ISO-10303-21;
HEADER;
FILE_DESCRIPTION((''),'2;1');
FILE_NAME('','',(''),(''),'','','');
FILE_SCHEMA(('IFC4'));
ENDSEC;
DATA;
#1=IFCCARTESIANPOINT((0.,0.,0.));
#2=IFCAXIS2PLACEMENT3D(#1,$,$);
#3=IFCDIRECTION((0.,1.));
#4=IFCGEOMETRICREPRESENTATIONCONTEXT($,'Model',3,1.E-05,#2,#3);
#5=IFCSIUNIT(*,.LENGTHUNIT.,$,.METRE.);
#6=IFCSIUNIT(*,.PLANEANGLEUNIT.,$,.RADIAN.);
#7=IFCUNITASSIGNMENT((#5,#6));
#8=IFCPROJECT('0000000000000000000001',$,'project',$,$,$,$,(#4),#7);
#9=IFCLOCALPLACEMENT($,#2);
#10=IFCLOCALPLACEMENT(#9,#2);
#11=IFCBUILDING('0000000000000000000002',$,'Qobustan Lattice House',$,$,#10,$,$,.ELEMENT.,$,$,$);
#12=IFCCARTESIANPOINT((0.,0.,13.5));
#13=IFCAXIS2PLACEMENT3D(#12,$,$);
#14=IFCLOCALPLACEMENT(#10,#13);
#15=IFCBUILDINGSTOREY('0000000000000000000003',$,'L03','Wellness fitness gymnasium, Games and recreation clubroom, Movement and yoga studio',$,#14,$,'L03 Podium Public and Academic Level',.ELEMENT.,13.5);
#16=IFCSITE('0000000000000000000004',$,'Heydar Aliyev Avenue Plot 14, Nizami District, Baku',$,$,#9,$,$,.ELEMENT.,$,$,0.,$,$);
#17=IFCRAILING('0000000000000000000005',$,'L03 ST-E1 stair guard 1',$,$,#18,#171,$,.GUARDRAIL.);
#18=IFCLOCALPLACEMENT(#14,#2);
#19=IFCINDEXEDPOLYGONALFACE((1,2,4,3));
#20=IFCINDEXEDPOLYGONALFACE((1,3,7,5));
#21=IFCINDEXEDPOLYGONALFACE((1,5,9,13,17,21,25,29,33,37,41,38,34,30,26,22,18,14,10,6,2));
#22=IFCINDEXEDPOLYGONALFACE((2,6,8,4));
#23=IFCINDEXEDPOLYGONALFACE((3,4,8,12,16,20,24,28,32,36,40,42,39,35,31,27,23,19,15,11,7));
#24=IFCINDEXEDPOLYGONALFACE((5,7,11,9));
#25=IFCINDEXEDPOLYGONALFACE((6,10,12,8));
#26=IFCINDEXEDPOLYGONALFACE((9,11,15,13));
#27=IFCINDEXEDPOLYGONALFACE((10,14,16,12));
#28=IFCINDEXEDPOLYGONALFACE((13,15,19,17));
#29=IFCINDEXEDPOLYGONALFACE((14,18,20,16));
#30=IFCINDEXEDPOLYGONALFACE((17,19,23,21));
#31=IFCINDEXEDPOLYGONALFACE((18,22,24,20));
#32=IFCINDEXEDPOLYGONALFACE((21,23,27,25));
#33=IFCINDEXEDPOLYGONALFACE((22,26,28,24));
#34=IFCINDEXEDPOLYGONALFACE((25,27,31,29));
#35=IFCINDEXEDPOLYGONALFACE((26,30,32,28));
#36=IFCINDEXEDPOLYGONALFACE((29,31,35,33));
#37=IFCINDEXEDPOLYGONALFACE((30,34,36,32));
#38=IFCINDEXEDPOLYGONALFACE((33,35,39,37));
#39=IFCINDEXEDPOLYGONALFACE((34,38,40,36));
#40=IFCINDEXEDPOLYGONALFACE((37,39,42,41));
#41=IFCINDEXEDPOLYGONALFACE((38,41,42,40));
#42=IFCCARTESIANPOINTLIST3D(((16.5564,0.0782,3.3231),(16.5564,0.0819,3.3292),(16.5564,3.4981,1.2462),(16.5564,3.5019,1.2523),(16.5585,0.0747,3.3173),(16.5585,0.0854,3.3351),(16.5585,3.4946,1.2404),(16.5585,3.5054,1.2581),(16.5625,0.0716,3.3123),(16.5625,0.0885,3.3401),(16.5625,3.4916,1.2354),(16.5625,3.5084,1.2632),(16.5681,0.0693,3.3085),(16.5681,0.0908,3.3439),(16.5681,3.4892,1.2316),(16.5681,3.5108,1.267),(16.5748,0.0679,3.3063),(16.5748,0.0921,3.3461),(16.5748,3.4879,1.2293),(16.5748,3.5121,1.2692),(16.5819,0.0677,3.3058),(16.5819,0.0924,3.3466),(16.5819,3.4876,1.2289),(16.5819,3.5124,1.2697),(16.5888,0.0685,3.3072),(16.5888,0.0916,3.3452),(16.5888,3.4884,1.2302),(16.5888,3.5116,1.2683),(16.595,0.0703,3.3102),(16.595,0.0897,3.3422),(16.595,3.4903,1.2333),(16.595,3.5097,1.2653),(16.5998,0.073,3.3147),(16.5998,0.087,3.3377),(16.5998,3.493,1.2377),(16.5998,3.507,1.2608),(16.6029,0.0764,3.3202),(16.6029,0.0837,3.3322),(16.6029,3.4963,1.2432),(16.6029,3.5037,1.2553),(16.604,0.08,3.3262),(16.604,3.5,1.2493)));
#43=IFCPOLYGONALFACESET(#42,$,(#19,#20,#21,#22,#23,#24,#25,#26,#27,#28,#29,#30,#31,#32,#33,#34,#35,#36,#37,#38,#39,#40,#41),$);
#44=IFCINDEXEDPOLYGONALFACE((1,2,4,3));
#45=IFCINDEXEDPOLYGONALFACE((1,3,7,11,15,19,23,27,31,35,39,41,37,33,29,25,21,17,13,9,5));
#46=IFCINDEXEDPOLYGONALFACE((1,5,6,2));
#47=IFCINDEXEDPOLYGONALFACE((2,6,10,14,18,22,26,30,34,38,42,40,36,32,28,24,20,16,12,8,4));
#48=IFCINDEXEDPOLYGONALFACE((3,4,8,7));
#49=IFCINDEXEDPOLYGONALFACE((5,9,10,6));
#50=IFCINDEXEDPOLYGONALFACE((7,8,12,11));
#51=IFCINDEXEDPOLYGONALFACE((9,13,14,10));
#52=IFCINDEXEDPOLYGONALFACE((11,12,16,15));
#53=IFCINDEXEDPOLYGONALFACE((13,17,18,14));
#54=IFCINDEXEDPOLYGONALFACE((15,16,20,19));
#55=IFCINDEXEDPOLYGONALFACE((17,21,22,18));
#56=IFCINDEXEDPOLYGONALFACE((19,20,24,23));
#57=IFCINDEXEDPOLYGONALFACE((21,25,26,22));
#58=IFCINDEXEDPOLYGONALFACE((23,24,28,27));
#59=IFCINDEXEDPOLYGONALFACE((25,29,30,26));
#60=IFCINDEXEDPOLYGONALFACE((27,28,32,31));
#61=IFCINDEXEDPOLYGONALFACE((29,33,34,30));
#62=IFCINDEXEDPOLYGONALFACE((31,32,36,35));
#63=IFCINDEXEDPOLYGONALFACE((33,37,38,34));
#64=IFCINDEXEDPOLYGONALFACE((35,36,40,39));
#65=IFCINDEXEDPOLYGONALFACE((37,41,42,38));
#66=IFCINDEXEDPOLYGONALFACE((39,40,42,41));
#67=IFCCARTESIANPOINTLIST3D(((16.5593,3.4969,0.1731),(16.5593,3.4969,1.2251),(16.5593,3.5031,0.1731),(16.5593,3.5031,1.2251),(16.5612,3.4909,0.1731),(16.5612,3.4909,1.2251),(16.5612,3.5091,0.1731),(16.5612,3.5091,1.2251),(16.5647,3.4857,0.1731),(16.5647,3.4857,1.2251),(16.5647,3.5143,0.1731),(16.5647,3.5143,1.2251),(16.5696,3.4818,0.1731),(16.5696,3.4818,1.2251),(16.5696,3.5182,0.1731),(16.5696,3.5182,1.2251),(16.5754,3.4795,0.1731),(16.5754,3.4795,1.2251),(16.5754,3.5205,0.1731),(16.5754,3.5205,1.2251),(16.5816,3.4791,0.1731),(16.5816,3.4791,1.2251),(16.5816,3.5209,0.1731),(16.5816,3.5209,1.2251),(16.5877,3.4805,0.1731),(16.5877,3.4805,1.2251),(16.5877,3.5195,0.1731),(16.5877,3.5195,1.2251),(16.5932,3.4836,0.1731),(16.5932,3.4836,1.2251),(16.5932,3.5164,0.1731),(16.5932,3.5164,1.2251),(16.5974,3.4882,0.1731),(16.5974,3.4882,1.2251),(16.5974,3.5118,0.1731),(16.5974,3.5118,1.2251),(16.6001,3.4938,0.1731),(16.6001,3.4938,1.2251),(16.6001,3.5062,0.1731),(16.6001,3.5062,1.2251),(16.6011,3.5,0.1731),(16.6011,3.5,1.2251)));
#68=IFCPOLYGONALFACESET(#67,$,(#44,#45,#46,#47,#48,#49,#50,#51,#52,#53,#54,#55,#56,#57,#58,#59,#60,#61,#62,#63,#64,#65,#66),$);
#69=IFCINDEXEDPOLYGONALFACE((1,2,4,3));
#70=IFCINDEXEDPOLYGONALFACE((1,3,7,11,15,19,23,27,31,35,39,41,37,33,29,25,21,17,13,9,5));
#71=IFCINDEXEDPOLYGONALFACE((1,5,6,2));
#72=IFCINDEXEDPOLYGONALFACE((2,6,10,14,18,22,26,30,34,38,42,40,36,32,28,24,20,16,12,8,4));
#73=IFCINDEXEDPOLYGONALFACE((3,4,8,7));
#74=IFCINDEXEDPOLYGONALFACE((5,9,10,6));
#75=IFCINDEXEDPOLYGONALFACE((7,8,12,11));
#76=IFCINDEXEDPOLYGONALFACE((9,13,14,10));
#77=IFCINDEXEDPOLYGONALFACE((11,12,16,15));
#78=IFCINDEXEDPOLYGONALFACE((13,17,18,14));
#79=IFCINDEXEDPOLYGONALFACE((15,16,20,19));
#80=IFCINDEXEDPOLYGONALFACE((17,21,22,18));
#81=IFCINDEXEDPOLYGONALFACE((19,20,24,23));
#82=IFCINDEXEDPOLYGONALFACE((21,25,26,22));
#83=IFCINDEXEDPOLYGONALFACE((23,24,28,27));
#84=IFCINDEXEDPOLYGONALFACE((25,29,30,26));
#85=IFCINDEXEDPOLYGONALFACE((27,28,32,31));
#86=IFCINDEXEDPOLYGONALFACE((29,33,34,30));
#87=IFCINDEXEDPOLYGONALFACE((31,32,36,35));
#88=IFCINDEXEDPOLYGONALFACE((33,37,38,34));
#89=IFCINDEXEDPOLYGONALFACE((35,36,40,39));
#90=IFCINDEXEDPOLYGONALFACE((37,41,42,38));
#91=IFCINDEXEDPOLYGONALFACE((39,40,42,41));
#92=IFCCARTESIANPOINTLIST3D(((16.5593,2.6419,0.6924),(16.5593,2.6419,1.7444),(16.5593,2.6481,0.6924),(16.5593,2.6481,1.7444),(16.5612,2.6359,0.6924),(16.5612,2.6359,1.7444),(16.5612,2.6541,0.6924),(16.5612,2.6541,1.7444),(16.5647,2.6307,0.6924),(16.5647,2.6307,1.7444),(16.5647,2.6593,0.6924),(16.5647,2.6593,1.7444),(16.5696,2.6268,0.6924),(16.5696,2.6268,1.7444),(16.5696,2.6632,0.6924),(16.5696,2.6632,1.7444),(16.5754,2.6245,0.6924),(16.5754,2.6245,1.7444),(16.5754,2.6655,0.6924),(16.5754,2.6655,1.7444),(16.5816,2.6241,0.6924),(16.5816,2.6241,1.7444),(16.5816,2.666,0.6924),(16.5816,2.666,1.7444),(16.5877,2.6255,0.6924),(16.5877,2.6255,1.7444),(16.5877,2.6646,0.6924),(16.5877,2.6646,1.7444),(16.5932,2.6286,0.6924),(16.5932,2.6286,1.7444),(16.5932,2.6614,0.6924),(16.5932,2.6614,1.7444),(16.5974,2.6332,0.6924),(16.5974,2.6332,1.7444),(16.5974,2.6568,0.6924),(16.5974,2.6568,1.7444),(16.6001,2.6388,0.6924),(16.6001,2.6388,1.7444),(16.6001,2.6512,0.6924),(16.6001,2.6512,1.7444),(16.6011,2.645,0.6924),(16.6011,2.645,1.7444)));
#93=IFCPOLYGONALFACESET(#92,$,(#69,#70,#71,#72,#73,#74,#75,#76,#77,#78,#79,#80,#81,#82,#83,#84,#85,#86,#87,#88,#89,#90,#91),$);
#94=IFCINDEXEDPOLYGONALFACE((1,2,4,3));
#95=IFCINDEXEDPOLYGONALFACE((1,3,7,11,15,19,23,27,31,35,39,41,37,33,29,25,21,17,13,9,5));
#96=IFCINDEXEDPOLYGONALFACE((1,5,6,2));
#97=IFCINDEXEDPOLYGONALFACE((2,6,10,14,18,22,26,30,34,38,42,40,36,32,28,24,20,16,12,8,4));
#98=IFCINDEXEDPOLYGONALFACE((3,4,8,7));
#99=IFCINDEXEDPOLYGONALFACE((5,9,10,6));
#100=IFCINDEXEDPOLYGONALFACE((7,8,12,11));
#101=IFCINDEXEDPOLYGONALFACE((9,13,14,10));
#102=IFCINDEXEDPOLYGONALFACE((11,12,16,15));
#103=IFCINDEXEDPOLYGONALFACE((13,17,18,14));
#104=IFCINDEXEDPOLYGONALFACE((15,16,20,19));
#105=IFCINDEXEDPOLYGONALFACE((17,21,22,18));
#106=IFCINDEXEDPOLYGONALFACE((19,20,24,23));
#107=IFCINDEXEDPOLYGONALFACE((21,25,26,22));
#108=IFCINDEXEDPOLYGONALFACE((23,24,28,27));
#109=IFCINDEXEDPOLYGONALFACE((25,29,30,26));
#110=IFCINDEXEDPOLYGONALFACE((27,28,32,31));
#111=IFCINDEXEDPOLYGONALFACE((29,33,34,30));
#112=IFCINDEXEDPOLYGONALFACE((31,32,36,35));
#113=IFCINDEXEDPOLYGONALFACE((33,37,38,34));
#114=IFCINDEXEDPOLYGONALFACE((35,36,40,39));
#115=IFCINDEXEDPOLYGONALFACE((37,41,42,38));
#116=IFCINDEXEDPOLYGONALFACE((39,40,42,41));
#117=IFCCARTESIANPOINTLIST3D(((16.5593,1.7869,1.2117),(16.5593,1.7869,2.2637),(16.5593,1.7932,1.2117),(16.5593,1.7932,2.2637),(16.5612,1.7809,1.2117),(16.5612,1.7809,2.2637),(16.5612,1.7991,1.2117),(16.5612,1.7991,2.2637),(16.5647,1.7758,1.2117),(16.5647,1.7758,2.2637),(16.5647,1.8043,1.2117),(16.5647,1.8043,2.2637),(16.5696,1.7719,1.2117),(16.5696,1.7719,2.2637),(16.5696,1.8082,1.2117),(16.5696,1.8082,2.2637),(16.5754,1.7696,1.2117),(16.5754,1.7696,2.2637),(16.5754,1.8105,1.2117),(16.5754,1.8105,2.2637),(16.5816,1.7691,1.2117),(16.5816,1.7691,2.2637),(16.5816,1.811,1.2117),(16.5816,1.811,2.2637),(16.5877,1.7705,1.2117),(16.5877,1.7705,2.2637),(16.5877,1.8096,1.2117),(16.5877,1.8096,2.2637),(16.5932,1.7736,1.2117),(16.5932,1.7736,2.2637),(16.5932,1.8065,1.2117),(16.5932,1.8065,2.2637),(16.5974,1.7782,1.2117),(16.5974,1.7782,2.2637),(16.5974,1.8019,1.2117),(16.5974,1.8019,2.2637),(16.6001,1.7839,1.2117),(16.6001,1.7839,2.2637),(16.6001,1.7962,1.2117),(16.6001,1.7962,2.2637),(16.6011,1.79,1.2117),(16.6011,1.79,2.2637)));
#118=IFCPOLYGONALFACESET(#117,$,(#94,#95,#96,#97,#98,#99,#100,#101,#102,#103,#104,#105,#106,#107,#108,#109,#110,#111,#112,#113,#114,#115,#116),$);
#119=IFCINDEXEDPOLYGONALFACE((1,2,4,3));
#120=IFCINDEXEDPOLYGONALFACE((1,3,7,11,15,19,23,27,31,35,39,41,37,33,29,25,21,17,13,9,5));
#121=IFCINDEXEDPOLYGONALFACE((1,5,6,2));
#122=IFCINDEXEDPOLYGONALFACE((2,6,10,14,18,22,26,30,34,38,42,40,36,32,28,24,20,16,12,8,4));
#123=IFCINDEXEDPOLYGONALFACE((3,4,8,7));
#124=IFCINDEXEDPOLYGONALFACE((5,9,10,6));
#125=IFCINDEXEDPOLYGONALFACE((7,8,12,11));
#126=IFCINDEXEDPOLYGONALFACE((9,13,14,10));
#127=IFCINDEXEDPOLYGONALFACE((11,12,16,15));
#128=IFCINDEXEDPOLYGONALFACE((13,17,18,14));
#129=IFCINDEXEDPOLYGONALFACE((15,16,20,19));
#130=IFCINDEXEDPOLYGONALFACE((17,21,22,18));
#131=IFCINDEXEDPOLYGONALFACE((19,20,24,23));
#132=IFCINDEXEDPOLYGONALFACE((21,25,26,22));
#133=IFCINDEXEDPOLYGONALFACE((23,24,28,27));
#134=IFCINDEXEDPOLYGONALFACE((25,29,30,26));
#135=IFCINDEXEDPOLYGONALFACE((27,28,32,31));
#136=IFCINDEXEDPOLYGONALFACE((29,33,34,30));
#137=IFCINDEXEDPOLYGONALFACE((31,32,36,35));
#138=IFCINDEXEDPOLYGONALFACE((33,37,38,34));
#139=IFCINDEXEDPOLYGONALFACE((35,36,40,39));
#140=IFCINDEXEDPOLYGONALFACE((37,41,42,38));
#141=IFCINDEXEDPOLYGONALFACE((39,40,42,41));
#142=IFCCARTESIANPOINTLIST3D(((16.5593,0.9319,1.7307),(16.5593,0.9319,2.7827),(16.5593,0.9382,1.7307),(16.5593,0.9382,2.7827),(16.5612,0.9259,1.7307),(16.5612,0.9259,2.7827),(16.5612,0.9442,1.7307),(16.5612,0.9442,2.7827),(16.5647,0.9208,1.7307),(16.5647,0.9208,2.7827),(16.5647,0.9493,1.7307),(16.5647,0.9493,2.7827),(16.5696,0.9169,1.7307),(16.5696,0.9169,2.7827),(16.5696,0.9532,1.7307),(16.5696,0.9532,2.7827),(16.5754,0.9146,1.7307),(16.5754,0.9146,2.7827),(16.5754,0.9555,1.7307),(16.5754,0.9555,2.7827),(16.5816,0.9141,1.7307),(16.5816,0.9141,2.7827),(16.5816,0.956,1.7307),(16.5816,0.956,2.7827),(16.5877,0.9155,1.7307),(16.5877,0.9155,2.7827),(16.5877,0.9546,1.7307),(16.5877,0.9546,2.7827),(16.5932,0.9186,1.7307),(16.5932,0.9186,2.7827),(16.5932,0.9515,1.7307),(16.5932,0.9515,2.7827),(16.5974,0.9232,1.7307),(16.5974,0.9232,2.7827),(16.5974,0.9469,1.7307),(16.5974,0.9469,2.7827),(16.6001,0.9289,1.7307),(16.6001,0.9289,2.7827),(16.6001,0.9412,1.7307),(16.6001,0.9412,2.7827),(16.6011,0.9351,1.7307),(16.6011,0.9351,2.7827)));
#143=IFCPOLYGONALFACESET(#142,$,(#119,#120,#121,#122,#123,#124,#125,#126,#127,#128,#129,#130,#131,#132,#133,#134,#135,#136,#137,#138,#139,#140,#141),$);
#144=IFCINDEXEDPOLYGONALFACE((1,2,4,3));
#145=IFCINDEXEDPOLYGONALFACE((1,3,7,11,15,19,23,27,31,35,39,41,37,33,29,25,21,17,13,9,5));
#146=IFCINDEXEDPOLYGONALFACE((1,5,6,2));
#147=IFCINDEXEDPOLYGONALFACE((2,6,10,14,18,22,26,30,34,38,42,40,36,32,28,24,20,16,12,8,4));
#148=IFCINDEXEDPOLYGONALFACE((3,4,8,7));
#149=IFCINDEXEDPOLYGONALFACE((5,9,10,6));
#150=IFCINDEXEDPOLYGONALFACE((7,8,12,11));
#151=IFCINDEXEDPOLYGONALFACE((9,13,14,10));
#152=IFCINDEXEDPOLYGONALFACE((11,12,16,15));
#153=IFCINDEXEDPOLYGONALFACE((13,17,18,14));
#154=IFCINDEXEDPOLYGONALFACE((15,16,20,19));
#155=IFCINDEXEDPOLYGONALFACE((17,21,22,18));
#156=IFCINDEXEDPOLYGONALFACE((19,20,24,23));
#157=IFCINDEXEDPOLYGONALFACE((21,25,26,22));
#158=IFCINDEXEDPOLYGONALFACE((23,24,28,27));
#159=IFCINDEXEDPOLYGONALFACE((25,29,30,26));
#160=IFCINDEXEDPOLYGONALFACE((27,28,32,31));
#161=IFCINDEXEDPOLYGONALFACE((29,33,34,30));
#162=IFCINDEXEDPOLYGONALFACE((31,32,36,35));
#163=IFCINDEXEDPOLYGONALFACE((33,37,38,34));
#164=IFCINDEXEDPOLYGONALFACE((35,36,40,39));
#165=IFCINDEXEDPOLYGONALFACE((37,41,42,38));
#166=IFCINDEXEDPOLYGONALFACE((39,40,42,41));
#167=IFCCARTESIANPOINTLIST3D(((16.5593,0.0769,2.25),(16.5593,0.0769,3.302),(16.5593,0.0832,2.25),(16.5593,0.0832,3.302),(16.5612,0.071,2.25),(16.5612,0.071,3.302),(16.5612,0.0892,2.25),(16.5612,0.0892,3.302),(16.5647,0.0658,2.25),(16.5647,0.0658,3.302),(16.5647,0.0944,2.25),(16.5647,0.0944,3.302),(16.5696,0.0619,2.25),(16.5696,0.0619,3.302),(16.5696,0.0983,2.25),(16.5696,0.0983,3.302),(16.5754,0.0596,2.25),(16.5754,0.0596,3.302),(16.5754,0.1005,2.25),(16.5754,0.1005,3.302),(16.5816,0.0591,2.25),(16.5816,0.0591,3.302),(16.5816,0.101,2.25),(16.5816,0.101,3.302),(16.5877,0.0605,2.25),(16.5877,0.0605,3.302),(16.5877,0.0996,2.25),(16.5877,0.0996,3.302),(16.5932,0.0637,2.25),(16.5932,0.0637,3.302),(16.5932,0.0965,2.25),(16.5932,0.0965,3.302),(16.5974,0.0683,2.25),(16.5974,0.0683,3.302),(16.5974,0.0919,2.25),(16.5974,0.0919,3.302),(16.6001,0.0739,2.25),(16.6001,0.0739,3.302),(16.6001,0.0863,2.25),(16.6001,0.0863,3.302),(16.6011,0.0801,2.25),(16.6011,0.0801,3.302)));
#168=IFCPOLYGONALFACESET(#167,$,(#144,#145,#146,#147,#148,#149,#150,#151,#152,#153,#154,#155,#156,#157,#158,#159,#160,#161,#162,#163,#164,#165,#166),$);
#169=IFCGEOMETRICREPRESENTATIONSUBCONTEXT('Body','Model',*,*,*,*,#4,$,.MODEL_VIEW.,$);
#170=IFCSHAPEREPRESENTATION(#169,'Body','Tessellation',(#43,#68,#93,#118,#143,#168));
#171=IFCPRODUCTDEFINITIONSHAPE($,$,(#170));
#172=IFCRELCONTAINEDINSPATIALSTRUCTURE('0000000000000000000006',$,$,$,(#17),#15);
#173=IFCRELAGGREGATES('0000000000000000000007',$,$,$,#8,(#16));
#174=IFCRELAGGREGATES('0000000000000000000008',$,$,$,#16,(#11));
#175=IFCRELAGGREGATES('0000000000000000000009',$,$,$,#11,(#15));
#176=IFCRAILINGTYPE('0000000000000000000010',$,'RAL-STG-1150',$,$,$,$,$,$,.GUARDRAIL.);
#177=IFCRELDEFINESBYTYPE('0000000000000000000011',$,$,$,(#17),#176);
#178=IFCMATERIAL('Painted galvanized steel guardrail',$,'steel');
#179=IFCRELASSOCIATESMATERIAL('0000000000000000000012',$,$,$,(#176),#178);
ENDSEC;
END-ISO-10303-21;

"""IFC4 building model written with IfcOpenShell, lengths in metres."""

from ifc_helpers import new_model, si_unit, direction, frame, origin, origin_2d, place, context, subcontext, project, spatial, circle, extrude, material, type_object, element, save


model = new_model("IFC4")

# Units and contexts
model_context = context("Model", 3, precision=1e-05, world=origin(), true_north=direction((0.0, 1.0)))
body_context = subcontext(model_context, "Body", "Model", "MODEL_VIEW")
ifc_project = project(units=[si_unit("LENGTHUNIT", "METRE"), si_unit("PLANEANGLEUNIT", "RADIAN")], contexts=[model_context])

# Site, building, storey
site_placement = place(None, origin())
site = spatial("IfcSite", under=ifc_project, at=site_placement, Name="Heydar Aliyev Avenue Plot 14, Nizami District, Baku", CompositionType="ELEMENT", RefElevation=0.0)
building_placement = place(site_placement, origin())
building = spatial("IfcBuilding", under=site, at=building_placement, Name="Qobustan Lattice House", CompositionType="ELEMENT")
storey_placement = place(building_placement, frame((0.0, 0.0, 13.5)))
storey = spatial("IfcBuildingStorey", under=building, at=storey_placement, Name="L03", Description="Wellness fitness gymnasium, Games and recreation clubroom, Movement and yoga studio", LongName="L03 Podium Public and Academic Level", CompositionType="ELEMENT", Elevation=13.5)

# Railing
ifc_material_1 = material(Name="Painted galvanized steel guardrail", Category="steel")
railing_type_1 = type_object("IfcRailingType", Name="RAL-STG-1150", PredefinedType="GUARDRAIL", material=ifc_material_1)
railing_1_placement = place(storey_placement, frame((16.5801, 3.5, 0.1731)))
element("IfcRailing", 1, at=railing_1_placement, inside=storey, type_object=railing_type_1, Name="L03 ST-E1 stair guard 1", PredefinedType="GUARDRAIL", context=body_context, shape_type="SweptSolid", body=[
    extrude(circle(Radius=0.0239, at=origin_2d()), frame((0.0, 0.0, 1.0762), z_axis=(0.0, -0.85473, 0.519074), x_axis=(1.0, 0.0, 0.0)), (0.0, 0.0, 1.0), 4.0012),
    extrude(circle(Radius=0.021, at=origin_2d()), origin(), (0.0, 0.0, 1.0), 1.052),
    extrude(circle(Radius=0.021, at=origin_2d()), frame((0.0, -0.855, 0.5193)), (0.0, 0.0, 1.0), 1.052),
    extrude(circle(Radius=0.021, at=origin_2d()), frame((0.0, -1.71, 1.0386)), (0.0, 0.0, 1.0), 1.052),
    extrude(circle(Radius=0.021, at=origin_2d()), frame((0.0, -2.5649, 1.5576)), (0.0, 0.0, 1.0), 1.052),
    extrude(circle(Radius=0.021, at=origin_2d()), frame((0.0, -3.4199, 2.0769)), (0.0, 0.0, 1.0), 1.052),
])

save(model, "model.ifc")
